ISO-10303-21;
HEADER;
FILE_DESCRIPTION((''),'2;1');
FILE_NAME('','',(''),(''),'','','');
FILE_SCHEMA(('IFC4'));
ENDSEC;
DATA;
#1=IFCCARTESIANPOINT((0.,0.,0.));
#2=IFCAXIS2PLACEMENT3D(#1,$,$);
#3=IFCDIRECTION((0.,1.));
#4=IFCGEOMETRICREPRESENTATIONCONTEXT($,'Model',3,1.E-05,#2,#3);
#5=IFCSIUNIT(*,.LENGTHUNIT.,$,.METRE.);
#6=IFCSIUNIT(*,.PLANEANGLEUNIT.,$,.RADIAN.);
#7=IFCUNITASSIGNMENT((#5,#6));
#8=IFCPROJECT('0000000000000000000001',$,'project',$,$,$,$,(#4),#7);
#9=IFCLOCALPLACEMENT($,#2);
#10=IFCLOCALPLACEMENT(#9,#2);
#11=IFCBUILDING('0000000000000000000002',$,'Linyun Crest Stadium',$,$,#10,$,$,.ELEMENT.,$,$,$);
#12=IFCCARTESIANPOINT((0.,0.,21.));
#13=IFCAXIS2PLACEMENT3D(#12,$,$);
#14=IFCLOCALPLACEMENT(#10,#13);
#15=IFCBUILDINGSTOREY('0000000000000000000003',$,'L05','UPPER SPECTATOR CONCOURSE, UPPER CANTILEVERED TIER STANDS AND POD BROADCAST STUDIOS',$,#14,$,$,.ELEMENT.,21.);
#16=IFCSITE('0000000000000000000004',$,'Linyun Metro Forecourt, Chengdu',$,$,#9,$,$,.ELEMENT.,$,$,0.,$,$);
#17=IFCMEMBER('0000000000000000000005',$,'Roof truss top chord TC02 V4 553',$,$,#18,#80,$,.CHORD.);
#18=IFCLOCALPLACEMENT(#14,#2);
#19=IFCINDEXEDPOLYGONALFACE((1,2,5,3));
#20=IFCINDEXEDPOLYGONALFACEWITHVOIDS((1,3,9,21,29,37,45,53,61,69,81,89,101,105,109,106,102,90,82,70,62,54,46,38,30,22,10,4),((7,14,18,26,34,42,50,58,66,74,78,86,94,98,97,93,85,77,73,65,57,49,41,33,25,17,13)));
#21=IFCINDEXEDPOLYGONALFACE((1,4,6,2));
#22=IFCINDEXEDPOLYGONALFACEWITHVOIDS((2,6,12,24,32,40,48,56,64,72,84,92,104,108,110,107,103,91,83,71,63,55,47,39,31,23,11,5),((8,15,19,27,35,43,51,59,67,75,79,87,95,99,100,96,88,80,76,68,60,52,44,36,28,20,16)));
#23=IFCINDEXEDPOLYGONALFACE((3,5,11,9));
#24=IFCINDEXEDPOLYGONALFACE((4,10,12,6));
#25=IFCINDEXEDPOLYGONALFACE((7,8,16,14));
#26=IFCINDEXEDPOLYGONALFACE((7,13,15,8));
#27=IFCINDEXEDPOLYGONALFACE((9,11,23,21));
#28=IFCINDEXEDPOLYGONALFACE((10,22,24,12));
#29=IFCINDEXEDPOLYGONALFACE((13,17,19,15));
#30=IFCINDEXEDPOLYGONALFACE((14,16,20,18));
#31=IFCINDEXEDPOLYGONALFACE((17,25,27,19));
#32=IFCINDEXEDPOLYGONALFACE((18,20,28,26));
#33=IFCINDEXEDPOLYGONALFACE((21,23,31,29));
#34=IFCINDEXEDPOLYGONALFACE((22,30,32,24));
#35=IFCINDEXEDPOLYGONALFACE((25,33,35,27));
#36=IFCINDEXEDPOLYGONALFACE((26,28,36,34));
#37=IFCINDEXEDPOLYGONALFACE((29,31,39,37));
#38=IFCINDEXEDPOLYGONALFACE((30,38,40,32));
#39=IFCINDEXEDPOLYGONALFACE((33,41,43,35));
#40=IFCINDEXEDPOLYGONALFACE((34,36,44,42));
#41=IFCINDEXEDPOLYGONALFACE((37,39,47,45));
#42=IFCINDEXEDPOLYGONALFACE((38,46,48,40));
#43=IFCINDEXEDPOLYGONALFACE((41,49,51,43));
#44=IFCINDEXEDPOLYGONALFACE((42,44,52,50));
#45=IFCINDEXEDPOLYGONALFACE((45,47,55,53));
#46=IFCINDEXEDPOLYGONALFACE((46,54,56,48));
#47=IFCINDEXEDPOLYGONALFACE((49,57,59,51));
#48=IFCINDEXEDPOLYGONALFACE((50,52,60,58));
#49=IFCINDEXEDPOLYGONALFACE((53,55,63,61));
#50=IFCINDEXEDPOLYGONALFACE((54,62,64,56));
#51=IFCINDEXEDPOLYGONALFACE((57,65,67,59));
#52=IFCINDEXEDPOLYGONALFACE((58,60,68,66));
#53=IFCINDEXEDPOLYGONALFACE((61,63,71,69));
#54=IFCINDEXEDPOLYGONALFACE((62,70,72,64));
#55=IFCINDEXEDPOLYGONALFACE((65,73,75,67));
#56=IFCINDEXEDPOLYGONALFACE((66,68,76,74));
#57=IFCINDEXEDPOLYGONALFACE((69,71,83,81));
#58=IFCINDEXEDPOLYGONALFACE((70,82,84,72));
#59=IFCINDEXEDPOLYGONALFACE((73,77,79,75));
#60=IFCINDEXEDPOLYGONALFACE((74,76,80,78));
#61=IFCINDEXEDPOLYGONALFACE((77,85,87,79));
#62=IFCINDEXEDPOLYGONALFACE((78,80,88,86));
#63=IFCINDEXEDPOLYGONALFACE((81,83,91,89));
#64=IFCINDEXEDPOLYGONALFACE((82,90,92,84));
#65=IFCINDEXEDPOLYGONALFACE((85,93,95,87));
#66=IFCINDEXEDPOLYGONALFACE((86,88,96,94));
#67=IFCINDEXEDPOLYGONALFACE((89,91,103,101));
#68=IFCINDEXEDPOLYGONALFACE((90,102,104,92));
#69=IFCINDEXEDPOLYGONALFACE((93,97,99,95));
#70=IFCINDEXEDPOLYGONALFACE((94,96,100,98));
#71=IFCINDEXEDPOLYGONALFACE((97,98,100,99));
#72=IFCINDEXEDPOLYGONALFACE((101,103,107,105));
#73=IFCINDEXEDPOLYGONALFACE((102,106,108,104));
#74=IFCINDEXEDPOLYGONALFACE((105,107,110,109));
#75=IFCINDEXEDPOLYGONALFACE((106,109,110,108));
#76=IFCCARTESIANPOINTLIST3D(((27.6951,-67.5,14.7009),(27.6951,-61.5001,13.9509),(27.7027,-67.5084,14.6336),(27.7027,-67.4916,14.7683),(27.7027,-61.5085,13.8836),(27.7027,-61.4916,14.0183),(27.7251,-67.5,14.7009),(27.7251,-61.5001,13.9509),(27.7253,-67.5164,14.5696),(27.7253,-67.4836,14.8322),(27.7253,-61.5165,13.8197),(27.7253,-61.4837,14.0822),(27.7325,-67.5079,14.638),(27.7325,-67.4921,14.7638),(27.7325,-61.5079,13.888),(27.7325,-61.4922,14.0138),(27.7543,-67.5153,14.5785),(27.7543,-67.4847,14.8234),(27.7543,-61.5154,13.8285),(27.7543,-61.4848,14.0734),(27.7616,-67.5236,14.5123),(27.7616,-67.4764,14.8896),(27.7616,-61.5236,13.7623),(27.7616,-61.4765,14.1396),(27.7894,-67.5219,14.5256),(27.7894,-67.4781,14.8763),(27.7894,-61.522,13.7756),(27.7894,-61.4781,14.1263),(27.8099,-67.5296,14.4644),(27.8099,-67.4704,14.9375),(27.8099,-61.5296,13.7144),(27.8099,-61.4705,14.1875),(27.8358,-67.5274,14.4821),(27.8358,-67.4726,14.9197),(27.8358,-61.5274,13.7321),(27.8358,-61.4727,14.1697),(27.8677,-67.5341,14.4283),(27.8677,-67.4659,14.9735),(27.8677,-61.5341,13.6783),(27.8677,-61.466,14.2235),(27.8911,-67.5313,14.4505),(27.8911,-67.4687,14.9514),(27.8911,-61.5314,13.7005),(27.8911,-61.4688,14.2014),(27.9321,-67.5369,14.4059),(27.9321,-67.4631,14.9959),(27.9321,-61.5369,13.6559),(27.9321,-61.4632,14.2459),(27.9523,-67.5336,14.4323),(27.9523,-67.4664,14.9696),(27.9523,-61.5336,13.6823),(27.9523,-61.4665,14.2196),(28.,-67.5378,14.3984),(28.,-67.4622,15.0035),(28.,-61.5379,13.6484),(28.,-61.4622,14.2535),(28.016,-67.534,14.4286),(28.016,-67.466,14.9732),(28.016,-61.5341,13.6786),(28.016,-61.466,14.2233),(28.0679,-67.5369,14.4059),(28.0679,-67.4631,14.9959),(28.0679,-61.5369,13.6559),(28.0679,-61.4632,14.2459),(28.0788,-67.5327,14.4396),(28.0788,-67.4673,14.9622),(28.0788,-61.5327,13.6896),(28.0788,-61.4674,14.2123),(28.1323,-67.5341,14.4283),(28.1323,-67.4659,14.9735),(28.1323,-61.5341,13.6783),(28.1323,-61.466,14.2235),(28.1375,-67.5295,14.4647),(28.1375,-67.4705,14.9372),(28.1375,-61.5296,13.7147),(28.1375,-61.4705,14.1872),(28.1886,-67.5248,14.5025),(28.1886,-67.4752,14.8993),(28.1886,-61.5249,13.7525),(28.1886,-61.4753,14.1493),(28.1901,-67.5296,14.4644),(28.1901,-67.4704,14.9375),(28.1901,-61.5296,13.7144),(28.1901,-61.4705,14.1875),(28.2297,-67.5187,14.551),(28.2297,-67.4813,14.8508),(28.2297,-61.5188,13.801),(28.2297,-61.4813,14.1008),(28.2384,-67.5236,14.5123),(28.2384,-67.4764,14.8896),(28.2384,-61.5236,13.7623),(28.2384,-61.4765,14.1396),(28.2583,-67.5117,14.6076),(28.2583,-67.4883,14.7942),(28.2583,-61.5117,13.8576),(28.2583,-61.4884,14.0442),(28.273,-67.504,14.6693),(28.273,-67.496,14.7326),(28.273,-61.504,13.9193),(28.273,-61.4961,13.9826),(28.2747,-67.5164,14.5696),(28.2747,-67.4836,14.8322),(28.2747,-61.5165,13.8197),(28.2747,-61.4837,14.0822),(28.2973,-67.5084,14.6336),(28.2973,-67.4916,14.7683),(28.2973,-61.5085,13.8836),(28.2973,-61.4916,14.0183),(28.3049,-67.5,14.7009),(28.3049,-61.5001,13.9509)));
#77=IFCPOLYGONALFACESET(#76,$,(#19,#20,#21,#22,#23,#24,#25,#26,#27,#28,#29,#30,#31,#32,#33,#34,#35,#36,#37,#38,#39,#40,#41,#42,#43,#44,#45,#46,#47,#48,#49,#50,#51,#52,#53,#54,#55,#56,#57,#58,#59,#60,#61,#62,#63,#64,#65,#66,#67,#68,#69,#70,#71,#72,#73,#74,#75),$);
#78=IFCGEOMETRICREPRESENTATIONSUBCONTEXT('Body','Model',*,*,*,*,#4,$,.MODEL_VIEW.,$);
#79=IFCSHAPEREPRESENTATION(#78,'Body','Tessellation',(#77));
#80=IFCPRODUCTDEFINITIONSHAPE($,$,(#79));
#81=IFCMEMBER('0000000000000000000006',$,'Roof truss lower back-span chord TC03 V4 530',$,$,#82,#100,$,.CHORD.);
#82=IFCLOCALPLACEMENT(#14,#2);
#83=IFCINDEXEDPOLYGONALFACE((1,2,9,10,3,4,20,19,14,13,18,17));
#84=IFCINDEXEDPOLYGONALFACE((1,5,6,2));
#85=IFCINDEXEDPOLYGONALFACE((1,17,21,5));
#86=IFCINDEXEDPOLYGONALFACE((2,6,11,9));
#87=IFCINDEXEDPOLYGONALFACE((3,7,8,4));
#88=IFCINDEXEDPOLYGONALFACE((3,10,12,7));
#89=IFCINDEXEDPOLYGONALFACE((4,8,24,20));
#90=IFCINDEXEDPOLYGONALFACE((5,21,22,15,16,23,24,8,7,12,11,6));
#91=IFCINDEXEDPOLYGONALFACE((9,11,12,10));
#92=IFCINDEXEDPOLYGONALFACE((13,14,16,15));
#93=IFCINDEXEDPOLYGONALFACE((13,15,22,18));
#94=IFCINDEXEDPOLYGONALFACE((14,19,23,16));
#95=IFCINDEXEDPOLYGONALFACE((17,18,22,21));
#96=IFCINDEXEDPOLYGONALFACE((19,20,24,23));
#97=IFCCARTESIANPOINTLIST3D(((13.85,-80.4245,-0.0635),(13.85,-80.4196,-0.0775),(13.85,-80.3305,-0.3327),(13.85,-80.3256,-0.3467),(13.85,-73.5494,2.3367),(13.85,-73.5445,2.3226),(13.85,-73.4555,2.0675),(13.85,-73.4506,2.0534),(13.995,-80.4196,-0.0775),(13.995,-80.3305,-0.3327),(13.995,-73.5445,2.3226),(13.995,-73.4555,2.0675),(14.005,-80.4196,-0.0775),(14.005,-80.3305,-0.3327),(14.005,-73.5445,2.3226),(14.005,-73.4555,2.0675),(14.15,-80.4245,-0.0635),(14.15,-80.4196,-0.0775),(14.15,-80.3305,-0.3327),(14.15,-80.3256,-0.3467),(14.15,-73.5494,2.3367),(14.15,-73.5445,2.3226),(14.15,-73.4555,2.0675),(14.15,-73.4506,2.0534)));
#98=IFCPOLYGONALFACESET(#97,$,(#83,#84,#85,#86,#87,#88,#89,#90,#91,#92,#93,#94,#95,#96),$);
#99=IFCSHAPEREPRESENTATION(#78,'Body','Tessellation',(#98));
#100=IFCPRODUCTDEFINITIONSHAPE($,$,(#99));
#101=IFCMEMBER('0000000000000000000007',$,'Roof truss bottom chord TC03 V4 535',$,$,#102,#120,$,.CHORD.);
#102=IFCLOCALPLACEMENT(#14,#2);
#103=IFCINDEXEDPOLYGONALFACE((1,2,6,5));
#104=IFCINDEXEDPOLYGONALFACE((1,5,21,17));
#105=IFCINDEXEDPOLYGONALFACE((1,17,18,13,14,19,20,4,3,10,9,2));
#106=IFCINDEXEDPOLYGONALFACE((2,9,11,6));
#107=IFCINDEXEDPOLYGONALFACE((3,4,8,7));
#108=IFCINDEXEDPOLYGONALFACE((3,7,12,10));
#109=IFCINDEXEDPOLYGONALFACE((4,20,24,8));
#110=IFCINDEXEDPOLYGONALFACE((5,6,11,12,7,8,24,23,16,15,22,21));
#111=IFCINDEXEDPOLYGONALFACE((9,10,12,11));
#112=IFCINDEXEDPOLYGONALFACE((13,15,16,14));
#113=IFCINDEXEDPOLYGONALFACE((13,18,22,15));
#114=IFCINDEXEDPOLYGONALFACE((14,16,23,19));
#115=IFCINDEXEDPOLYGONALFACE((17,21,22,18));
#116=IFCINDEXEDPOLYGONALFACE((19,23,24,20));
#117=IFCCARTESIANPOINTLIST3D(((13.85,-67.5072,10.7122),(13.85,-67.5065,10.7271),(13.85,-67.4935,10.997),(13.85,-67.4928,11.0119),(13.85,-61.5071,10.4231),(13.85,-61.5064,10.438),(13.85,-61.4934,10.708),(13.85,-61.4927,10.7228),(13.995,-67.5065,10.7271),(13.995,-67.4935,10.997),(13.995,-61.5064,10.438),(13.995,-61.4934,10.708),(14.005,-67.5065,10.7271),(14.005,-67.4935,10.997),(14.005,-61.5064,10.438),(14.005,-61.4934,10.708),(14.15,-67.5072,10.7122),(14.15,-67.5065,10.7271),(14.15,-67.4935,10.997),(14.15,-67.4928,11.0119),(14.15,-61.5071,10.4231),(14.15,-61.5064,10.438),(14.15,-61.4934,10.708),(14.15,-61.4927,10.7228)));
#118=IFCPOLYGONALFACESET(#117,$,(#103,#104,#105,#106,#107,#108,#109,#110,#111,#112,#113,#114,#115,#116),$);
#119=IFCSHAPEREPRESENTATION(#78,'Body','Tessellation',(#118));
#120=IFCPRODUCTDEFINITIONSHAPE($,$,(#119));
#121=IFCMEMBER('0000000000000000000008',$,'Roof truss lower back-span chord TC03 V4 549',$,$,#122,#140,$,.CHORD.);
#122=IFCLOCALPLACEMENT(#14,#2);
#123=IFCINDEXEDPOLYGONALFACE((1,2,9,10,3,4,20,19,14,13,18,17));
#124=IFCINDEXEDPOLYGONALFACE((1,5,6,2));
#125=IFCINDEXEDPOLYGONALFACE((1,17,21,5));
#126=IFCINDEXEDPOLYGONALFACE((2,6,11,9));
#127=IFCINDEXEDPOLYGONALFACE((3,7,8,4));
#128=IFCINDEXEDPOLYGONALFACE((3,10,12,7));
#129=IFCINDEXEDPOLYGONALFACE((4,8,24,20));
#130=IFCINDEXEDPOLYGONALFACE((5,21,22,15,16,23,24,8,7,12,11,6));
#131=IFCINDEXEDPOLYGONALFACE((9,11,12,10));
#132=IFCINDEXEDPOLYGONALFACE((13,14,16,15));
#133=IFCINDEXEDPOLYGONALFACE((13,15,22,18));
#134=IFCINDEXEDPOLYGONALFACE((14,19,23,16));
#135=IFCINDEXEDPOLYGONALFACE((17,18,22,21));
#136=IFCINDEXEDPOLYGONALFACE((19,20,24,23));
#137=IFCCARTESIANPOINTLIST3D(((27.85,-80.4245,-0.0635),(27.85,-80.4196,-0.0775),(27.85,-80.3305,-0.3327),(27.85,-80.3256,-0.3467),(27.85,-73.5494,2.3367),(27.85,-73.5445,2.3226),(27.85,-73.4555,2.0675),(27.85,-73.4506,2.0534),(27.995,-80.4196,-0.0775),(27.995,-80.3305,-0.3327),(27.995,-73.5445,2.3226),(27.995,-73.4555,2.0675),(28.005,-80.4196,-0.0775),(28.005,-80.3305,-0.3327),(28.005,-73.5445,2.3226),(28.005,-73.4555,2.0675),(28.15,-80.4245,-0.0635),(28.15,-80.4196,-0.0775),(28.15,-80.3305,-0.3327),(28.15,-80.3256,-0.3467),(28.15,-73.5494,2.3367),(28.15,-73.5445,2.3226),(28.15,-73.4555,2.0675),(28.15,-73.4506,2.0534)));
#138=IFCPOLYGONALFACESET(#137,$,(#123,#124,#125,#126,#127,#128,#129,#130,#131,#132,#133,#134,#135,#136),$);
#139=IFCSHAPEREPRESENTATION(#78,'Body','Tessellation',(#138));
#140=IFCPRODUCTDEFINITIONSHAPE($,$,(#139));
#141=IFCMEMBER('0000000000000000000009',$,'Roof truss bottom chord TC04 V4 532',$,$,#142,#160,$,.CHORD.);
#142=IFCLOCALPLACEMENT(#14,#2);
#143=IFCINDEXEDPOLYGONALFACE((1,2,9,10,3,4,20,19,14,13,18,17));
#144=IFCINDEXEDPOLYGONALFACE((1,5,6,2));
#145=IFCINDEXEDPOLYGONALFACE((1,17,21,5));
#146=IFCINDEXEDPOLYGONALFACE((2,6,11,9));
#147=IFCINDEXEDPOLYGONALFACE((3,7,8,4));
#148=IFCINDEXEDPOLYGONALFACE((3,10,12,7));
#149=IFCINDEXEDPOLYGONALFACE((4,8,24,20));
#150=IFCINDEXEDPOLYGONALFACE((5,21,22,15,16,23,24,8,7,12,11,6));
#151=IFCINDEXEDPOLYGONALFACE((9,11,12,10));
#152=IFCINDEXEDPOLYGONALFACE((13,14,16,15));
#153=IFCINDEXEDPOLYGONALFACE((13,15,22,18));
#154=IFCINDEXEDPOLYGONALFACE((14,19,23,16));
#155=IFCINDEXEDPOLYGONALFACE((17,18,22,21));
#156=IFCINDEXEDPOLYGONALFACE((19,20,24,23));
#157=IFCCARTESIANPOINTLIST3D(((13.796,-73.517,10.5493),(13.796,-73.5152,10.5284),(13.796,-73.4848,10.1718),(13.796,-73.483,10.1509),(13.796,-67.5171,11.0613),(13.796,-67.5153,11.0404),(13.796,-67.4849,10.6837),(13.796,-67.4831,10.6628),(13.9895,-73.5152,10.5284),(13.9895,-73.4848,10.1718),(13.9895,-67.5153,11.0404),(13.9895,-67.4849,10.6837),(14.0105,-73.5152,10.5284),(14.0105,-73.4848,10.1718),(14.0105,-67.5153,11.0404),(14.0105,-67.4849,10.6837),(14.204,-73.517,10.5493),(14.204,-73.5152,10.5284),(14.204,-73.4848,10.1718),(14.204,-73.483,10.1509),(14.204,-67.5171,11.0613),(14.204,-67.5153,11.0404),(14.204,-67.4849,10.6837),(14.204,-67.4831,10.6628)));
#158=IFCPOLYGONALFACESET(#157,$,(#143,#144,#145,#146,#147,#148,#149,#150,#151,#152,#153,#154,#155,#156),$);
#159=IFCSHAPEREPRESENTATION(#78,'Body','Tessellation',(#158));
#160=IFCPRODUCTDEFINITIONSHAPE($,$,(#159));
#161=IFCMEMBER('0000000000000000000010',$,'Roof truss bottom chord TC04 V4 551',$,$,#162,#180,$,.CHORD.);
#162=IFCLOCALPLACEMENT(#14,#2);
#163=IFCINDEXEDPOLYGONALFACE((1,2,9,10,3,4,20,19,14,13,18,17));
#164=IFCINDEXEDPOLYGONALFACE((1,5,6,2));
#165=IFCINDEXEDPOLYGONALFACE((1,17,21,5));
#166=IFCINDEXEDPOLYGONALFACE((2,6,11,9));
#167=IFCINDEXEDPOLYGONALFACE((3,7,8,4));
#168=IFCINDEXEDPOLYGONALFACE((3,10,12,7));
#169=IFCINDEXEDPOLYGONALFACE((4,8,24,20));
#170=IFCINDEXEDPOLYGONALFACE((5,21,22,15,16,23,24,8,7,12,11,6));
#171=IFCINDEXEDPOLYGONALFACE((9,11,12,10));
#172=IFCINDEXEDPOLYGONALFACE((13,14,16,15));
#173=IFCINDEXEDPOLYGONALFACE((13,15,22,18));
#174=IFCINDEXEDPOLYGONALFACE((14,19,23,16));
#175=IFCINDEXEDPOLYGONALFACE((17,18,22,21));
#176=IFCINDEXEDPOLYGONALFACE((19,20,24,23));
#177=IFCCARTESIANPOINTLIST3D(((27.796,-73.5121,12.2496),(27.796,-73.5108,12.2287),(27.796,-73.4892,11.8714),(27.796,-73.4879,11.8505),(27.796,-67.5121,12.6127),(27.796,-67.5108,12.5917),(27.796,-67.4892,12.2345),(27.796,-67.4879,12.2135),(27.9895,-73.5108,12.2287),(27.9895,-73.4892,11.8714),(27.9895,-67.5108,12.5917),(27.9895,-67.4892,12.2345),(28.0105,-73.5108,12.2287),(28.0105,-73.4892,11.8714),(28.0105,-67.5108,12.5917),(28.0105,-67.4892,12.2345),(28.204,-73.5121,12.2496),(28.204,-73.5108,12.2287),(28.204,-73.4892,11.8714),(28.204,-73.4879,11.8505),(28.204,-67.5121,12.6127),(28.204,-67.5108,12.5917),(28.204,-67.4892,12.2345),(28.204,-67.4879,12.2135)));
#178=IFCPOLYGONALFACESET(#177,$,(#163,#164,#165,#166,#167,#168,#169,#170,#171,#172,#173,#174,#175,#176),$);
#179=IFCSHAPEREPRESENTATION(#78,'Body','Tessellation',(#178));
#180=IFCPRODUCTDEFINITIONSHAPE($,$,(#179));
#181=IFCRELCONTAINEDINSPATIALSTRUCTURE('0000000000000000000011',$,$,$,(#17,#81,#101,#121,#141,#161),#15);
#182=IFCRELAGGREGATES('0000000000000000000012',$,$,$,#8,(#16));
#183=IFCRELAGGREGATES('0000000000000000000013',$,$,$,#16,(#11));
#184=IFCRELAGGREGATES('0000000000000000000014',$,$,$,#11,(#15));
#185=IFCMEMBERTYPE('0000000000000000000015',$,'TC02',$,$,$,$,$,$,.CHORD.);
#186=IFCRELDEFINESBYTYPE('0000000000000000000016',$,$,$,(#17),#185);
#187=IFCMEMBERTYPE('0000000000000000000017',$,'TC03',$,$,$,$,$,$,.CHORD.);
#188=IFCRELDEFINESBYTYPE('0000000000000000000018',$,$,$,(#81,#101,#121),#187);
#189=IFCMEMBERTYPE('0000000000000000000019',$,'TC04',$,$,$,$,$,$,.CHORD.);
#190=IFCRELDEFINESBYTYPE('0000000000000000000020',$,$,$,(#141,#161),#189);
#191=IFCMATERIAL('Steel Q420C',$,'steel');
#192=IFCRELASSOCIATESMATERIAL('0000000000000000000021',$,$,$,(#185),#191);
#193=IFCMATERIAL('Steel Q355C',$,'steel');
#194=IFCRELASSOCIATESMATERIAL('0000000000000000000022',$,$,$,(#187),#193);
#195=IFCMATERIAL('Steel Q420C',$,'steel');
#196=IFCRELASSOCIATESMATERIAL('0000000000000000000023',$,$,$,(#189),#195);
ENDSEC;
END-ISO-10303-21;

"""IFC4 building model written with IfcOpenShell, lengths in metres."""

from ifc_helpers import new_model, si_unit, direction, frame, origin, origin_2d, place, context, subcontext, project, spatial, hollow_circle, i_section, extrude, material, material_profile, profile_set, type_object, element, save


model = new_model("IFC4")

# Units and contexts
model_context = context("Model", 3, precision=1e-05, world=origin(), true_north=direction((0.0, 1.0)))
body_context = subcontext(model_context, "Body", "Model", "MODEL_VIEW")
ifc_project = project(units=[si_unit("LENGTHUNIT", "METRE"), si_unit("PLANEANGLEUNIT", "RADIAN")], contexts=[model_context])

# Site, building, storey
site_placement = place(None, origin())
site = spatial("IfcSite", under=ifc_project, at=site_placement, Name="Linyun Metro Forecourt, Chengdu", CompositionType="ELEMENT", RefElevation=0.0)
building_placement = place(site_placement, origin())
building = spatial("IfcBuilding", under=site, at=building_placement, Name="Linyun Crest Stadium", CompositionType="ELEMENT")
storey_placement = place(building_placement, frame((0.0, 0.0, 21.0)))
storey = spatial("IfcBuildingStorey", under=building, at=storey_placement, Name="L05", Description="UPPER SPECTATOR CONCOURSE, UPPER CANTILEVERED TIER STANDS AND POD BROADCAST STUDIOS", CompositionType="ELEMENT", Elevation=21.0)

# Members
ifc_material_1 = material(Name="Steel Q420C", Category="steel")
ifc_material_profile_1 = material_profile(ifc_material_1, hollow_circle(Radius=0.3049, WallThickness=0.03, at=origin_2d()), Name="CHS 610x30")
ifc_profile_set_1 = profile_set([ifc_material_profile_1], Name="Steel Q420C")
member_type_1 = type_object("IfcMemberType", Name="TC02", PredefinedType="CHORD", material=ifc_profile_set_1)
member_1_placement = place(storey_placement, frame((28.0, -67.5, 14.7009), z_axis=(0.0, 0.992278, -0.124035), x_axis=(-1.0, 0.0, 0.0)))
element("IfcMember", 1, at=member_1_placement, inside=storey, type_object=member_type_1, Name="Roof truss top chord TC02 V4 553", PredefinedType="CHORD", context=body_context, shape_type="SweptSolid", body=[
    extrude(hollow_circle(Radius=0.3049, WallThickness=0.03, at=origin_2d()), origin(), (0.0, 0.0, 1.0), 6.0466),
])
ifc_material_2 = material(Name="Steel Q355C", Category="steel")
ifc_material_profile_2 = material_profile(ifc_material_2, i_section(OverallWidth=0.3, OverallDepth=0.3, WebThickness=0.01, FlangeThickness=0.0149, at=origin_2d()), Name="HW 300x300")
ifc_profile_set_2 = profile_set([ifc_material_profile_2], Name="Steel Q355C")
member_type_2 = type_object("IfcMemberType", Name="TC03", PredefinedType="CHORD", material=ifc_profile_set_2)
member_2_placement = place(storey_placement, frame((14.0, -73.5, 2.1951), z_axis=(0.0, -0.944119, -0.329604), x_axis=(1.0, 0.0, 0.0)))
element("IfcMember", 2, at=member_2_placement, inside=storey, type_object=member_type_2, Name="Roof truss lower back-span chord TC03 V4 530", PredefinedType="CHORD", context=body_context, shape_type="SweptSolid", body=[
    extrude(i_section(OverallWidth=0.3, OverallDepth=0.3, WebThickness=0.01, FlangeThickness=0.0149, at=origin_2d()), origin(), (0.0, 0.0, 1.0), 7.282),
])
member_3_placement = place(storey_placement, frame((14.0, -67.5, 10.8621), z_axis=(0.0, 0.998842, -0.048121), x_axis=(-1.0, 0.0, 0.0)))
element("IfcMember", 3, at=member_3_placement, inside=storey, type_object=member_type_2, Name="Roof truss bottom chord TC03 V4 535", PredefinedType="CHORD", context=body_context, shape_type="SweptSolid", body=[
    extrude(i_section(OverallWidth=0.3, OverallDepth=0.3, WebThickness=0.01, FlangeThickness=0.0149, at=origin_2d()), origin(), (0.0, 0.0, 1.0), 6.0071),
])
member_4_placement = place(storey_placement, frame((28.0, -73.5, 2.1951), z_axis=(0.0, -0.944119, -0.329604), x_axis=(1.0, 0.0, 0.0)))
element("IfcMember", 4, at=member_4_placement, inside=storey, type_object=member_type_2, Name="Roof truss lower back-span chord TC03 V4 549", PredefinedType="CHORD", context=body_context, shape_type="SweptSolid", body=[
    extrude(i_section(OverallWidth=0.3, OverallDepth=0.3, WebThickness=0.01, FlangeThickness=0.0149, at=origin_2d()), origin(), (0.0, 0.0, 1.0), 7.282),
])
ifc_material_3 = material(Name="Steel Q420C", Category="steel")
ifc_material_profile_3 = material_profile(ifc_material_3, i_section(OverallWidth=0.408, OverallDepth=0.3999, WebThickness=0.021, FlangeThickness=0.021, at=origin_2d()), Name="HW 400x408")
ifc_profile_set_3 = profile_set([ifc_material_profile_3], Name="Steel Q420C")
member_type_3 = type_object("IfcMemberType", Name="TC04", PredefinedType="CHORD", material=ifc_profile_set_3)
member_5_placement = place(storey_placement, frame((14.0, -73.5, 10.3501), z_axis=(0.0, 0.996379, 0.085018), x_axis=(-1.0, 0.0, 0.0)))
element("IfcMember", 5, at=member_5_placement, inside=storey, type_object=member_type_3, Name="Roof truss bottom chord TC04 V4 532", PredefinedType="CHORD", context=body_context, shape_type="SweptSolid", body=[
    extrude(i_section(OverallWidth=0.408, OverallDepth=0.3999, WebThickness=0.021, FlangeThickness=0.021, at=origin_2d()), origin(), (0.0, 0.0, 1.0), 6.0217),
])
member_6_placement = place(storey_placement, frame((28.0, -73.5, 12.05), z_axis=(0.0, 0.998175, 0.060396), x_axis=(-1.0, 0.0, 0.0)))
element("IfcMember", 6, at=member_6_placement, inside=storey, type_object=member_type_3, Name="Roof truss bottom chord TC04 V4 551", PredefinedType="CHORD", context=body_context, shape_type="SweptSolid", body=[
    extrude(i_section(OverallWidth=0.408, OverallDepth=0.3999, WebThickness=0.021, FlangeThickness=0.021, at=origin_2d()), origin(), (0.0, 0.0, 1.0), 6.011),
])

save(model, "model.ifc")
